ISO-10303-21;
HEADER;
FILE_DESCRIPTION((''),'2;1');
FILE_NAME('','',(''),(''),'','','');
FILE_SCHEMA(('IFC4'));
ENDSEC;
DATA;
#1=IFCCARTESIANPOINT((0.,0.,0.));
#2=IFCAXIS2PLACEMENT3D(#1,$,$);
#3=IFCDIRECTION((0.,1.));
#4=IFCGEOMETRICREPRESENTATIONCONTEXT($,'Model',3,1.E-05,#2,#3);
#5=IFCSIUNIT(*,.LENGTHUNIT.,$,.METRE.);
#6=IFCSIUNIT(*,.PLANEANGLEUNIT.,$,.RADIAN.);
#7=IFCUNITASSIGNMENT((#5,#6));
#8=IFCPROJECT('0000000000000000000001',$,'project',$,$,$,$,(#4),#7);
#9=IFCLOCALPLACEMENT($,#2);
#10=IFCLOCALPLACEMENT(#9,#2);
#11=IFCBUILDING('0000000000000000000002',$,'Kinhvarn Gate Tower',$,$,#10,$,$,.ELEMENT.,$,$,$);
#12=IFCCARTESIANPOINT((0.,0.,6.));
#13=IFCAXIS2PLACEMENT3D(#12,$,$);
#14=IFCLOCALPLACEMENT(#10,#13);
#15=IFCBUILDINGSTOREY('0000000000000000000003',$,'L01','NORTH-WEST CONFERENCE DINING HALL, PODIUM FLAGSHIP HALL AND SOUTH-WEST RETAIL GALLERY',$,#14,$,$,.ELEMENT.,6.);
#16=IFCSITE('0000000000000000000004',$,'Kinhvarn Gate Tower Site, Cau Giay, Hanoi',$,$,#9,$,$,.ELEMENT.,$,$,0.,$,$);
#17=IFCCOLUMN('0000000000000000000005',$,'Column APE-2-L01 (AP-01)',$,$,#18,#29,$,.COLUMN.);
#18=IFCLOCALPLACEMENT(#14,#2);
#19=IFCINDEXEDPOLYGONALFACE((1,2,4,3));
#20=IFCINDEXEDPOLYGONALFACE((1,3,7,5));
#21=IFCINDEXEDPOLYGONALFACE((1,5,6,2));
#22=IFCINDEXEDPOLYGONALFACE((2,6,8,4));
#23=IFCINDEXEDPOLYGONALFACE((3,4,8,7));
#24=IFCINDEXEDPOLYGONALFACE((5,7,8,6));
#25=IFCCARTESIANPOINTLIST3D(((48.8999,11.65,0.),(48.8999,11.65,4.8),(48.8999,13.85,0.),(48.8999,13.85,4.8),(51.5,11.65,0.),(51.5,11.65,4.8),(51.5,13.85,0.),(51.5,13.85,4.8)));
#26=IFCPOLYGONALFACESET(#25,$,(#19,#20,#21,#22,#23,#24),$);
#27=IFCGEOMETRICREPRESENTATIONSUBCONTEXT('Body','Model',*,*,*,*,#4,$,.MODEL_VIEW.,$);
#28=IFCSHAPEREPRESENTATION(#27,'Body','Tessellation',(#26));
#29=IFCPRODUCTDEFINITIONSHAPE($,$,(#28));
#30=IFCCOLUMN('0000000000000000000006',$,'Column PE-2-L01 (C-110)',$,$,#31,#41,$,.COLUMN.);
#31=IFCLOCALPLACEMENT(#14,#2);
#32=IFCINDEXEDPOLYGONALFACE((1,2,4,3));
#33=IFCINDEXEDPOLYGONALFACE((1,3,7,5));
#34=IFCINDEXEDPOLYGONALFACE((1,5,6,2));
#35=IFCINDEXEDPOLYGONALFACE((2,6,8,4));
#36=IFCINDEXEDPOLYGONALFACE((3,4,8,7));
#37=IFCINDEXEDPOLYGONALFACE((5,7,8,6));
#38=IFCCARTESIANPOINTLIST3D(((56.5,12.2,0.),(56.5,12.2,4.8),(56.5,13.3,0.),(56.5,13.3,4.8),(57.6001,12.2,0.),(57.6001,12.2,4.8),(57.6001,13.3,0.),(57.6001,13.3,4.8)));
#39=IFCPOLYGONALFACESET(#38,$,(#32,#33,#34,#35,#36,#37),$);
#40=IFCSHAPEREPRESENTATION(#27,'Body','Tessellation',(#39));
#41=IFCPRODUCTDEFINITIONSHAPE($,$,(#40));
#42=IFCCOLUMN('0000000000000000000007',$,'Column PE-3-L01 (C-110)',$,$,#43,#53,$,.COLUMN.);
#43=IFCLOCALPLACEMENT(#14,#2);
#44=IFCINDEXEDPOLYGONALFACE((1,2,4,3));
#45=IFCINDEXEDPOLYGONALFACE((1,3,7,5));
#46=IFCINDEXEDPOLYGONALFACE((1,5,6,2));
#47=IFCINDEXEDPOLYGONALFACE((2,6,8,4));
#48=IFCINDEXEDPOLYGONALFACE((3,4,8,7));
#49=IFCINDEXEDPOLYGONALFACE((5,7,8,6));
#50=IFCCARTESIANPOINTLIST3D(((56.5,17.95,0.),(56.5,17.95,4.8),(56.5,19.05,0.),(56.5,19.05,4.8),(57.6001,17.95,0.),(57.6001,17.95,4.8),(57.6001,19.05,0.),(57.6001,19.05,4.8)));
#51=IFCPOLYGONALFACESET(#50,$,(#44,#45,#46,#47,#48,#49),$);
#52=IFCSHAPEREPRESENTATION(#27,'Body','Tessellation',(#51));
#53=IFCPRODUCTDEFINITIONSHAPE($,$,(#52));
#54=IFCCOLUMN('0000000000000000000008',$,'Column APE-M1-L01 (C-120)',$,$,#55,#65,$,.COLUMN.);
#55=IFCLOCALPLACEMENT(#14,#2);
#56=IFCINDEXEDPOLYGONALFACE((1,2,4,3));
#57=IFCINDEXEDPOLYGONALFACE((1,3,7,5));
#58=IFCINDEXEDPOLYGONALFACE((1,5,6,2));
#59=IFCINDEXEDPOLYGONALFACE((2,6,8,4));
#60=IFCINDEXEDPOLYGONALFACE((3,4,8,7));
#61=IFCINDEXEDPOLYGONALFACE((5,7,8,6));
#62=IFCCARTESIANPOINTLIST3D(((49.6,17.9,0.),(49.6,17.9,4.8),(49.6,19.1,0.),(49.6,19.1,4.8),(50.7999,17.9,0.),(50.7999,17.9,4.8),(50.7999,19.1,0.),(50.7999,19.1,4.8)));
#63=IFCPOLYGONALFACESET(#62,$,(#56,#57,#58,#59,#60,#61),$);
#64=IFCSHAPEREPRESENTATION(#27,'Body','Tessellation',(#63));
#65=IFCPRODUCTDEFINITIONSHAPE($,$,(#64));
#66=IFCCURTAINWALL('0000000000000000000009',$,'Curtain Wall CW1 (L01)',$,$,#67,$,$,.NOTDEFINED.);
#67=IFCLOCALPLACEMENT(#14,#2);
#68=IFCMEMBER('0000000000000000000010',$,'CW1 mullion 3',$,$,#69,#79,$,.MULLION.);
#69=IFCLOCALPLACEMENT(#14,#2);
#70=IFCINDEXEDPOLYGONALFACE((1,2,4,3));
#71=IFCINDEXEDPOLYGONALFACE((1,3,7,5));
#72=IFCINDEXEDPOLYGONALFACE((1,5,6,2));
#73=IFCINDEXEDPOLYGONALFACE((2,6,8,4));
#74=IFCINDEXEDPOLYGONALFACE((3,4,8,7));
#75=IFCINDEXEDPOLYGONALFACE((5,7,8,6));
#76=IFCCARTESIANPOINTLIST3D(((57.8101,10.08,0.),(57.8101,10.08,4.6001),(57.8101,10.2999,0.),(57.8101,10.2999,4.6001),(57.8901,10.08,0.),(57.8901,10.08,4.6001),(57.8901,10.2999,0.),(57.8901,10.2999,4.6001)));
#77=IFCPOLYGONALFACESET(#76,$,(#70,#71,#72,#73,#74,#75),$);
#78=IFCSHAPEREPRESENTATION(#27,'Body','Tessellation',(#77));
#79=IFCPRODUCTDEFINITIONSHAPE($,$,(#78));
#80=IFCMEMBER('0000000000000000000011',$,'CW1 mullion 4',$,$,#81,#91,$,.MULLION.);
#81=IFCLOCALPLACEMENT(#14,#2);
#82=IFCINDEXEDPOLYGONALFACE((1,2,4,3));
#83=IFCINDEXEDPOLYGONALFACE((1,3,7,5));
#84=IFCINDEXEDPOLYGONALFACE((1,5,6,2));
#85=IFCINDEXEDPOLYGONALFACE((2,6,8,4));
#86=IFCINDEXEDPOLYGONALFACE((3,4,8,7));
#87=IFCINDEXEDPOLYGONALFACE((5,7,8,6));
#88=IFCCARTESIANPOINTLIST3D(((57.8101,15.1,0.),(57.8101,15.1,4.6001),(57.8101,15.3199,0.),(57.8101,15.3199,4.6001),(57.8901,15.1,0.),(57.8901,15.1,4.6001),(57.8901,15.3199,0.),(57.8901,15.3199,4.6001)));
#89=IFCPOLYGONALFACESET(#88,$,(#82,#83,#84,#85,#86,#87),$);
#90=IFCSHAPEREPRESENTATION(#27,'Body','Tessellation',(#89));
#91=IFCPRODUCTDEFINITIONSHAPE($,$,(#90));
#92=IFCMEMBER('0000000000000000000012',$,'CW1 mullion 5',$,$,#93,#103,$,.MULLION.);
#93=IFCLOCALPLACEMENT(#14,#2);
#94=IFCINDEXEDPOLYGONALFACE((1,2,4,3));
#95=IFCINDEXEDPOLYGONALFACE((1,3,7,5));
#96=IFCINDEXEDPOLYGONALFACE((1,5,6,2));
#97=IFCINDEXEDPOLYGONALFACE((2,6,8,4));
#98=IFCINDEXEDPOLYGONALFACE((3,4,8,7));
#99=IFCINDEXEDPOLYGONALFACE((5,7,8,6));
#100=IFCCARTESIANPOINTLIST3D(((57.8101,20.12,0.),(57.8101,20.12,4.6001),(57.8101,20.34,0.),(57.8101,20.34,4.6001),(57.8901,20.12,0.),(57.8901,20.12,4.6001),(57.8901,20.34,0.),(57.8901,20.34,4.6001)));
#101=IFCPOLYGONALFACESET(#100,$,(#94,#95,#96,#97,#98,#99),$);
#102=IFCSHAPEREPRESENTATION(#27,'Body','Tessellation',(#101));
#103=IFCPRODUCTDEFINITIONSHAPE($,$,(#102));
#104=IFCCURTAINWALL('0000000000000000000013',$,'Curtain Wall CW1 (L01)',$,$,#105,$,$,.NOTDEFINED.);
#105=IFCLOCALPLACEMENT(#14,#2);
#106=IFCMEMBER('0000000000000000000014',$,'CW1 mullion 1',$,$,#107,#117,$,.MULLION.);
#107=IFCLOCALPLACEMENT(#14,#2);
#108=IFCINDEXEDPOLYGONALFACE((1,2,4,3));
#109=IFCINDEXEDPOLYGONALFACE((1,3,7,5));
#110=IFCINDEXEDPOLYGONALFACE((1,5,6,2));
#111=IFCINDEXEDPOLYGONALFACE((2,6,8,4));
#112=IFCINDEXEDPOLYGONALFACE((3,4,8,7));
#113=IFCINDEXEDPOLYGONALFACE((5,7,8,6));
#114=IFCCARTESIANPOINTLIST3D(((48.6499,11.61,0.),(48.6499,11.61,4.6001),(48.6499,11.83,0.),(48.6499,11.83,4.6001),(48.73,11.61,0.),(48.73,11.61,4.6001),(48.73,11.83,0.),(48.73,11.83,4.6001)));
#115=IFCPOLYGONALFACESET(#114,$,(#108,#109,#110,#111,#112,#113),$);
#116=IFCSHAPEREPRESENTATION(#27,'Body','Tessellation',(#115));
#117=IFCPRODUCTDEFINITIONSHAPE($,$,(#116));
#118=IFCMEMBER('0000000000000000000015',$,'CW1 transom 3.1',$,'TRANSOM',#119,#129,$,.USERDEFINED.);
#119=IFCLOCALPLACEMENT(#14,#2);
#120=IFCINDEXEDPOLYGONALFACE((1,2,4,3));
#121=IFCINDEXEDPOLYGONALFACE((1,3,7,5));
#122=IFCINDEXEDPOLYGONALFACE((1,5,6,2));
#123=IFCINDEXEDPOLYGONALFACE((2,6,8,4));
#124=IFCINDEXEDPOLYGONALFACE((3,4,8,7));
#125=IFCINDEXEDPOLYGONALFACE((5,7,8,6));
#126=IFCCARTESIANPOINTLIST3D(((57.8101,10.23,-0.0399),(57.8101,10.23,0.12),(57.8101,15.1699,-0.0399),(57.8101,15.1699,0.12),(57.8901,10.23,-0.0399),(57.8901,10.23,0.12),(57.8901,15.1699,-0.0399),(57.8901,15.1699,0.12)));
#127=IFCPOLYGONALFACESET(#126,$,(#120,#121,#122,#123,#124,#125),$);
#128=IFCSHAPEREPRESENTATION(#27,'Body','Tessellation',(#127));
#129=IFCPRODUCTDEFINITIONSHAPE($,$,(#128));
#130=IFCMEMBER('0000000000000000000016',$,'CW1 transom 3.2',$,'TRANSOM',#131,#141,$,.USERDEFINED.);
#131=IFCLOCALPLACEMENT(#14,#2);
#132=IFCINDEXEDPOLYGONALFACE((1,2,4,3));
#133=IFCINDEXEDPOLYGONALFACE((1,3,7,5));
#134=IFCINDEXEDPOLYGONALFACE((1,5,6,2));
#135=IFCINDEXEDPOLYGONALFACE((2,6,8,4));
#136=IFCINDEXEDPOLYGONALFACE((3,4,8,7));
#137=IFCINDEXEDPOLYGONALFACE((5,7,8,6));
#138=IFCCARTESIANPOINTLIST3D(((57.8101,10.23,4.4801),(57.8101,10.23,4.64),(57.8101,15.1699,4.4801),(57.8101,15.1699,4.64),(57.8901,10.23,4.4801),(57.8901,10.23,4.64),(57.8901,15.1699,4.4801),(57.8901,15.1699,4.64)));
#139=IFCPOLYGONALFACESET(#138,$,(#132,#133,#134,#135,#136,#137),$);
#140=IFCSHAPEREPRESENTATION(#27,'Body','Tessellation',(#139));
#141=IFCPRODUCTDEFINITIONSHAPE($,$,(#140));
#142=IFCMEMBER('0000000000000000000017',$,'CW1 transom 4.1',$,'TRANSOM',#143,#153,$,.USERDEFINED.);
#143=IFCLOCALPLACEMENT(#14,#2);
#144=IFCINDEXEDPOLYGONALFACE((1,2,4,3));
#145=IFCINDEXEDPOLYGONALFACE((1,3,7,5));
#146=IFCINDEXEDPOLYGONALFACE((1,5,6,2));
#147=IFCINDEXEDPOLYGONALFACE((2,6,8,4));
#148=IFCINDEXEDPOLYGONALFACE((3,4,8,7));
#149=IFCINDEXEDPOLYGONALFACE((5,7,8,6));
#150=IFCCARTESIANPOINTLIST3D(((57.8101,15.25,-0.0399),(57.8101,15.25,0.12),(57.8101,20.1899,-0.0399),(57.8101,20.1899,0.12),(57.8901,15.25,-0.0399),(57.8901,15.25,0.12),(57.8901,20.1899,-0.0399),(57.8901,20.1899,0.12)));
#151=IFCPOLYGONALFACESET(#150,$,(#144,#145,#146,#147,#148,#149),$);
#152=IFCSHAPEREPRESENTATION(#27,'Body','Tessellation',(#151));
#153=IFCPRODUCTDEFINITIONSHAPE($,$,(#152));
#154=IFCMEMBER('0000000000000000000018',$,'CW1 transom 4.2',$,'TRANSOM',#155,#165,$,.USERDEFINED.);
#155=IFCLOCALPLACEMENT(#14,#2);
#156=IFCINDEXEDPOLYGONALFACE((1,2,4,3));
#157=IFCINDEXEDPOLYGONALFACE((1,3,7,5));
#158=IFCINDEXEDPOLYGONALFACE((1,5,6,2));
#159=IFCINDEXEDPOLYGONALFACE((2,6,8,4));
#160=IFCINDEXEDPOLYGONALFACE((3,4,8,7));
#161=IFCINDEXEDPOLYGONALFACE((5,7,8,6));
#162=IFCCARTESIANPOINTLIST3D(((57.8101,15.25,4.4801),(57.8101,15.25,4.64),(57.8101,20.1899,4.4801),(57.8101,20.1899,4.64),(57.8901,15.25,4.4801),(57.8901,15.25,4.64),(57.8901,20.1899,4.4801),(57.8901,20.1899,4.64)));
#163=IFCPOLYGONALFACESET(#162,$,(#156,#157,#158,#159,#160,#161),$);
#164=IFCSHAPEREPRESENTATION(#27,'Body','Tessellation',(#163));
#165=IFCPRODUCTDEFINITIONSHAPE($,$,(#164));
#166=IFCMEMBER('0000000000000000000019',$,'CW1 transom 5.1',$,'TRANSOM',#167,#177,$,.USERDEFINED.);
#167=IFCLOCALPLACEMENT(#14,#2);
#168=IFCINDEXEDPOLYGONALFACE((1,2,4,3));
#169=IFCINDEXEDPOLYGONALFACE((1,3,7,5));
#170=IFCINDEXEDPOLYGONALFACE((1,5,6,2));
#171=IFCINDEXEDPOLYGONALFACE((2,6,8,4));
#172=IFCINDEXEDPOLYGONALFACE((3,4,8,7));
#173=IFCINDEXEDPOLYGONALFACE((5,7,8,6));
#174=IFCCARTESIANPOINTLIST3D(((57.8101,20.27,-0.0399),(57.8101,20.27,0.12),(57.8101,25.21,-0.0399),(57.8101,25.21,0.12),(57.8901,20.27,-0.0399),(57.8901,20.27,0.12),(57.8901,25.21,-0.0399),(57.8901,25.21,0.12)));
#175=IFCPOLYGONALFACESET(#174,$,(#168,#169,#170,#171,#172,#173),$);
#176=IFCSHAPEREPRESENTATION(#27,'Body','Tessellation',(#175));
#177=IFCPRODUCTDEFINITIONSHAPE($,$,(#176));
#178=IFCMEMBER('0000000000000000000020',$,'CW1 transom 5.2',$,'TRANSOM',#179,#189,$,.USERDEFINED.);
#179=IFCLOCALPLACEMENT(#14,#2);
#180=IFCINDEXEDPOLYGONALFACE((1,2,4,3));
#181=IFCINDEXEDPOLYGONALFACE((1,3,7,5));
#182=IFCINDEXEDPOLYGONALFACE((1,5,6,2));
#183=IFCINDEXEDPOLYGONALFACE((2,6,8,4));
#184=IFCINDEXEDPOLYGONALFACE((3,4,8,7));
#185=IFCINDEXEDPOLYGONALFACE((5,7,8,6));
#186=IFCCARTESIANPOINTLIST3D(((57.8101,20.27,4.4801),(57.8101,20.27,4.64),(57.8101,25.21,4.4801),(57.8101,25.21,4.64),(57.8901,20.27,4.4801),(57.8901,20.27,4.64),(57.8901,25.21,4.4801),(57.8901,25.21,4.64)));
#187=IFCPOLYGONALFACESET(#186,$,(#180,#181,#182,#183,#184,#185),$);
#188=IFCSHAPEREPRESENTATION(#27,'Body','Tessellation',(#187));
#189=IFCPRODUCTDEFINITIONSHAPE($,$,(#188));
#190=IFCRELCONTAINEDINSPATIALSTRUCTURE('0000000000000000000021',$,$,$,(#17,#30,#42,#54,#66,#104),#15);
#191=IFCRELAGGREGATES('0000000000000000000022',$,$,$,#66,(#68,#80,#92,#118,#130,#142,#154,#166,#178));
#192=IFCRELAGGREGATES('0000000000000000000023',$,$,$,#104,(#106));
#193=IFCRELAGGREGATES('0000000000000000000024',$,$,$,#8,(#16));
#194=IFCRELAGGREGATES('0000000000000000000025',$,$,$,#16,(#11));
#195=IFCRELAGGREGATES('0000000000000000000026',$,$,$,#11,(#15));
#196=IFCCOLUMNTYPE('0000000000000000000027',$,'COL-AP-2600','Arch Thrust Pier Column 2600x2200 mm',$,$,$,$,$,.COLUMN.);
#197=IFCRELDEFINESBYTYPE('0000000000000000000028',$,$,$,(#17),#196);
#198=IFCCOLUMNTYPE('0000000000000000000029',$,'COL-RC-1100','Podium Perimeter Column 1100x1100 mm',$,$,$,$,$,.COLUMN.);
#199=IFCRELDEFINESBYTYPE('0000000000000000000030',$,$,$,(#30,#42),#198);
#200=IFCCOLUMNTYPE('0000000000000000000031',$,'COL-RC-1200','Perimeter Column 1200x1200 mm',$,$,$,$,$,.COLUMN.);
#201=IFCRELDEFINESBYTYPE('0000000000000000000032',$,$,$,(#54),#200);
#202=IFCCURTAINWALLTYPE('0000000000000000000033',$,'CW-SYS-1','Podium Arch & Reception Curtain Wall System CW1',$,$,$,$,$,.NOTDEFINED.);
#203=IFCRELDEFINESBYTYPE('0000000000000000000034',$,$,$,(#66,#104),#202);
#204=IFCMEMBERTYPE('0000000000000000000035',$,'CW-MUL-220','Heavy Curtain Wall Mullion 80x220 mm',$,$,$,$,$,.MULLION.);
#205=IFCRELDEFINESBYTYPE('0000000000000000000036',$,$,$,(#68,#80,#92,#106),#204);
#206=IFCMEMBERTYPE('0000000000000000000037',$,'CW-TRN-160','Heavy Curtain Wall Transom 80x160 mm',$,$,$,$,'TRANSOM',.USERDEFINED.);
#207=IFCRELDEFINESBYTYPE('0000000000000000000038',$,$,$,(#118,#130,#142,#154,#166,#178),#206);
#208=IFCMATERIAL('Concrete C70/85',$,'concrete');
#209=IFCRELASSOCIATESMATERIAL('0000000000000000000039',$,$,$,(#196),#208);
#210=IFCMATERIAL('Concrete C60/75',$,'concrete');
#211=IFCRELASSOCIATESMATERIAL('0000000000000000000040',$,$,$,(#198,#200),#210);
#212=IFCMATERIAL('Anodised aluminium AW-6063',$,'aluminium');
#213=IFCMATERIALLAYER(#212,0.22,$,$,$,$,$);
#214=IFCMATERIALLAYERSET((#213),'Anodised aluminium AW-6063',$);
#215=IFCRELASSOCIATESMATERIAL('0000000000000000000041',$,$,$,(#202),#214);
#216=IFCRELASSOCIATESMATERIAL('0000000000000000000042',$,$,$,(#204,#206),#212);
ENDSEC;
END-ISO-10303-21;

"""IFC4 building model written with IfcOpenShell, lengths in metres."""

from ifc_helpers import new_model, si_unit, direction, frame, origin, origin_2d, place, context, subcontext, project, spatial, rectangle, extrude, material, layer, layer_set, material_profile, profile_set, type_object, element, aggregate, save


model = new_model("IFC4")

# Units and contexts
model_context = context("Model", 3, precision=1e-05, world=origin(), true_north=direction((0.0, 1.0)))
body_context = subcontext(model_context, "Body", "Model", "MODEL_VIEW")
ifc_project = project(units=[si_unit("LENGTHUNIT", "METRE"), si_unit("PLANEANGLEUNIT", "RADIAN")], contexts=[model_context])

# Site, building, storey
site_placement = place(None, origin())
site = spatial("IfcSite", under=ifc_project, at=site_placement, Name="Kinhvarn Gate Tower Site, Cau Giay, Hanoi", CompositionType="ELEMENT", RefElevation=0.0)
building_placement = place(site_placement, origin())
building = spatial("IfcBuilding", under=site, at=building_placement, Name="Kinhvarn Gate Tower", CompositionType="ELEMENT")
storey_placement = place(building_placement, frame((0.0, 0.0, 6.0)))
storey = spatial("IfcBuildingStorey", under=building, at=storey_placement, Name="L01", Description="NORTH-WEST CONFERENCE DINING HALL, PODIUM FLAGSHIP HALL AND SOUTH-WEST RETAIL GALLERY", CompositionType="ELEMENT", Elevation=6.0)

# Columns
ifc_material_1 = material(Name="Concrete C70/85", Category="concrete")
ifc_material_profile_1 = material_profile(ifc_material_1, rectangle(XDim=2.6001, YDim=2.2, at=origin_2d()), Name="RC 2600x2200")
ifc_profile_set_1 = profile_set([ifc_material_profile_1], Name="Concrete C70/85")
column_type_1 = type_object("IfcColumnType", Name="COL-AP-2600", Description="Arch Thrust Pier Column 2600x2200 mm", PredefinedType="COLUMN", material=ifc_profile_set_1)
column_1_placement = place(storey_placement, frame((50.2, 12.75, 0.0), z_axis=(0.0, 0.0, 1.0), x_axis=(1.0, 0.0, 0.0)))
element("IfcColumn", 1, at=column_1_placement, inside=storey, type_object=column_type_1, Name="Column APE-2-L01 (AP-01)", PredefinedType="COLUMN", context=body_context, shape_type="SweptSolid", body=[
    extrude(rectangle(XDim=2.6001, YDim=2.2, at=origin_2d()), origin(), (0.0, 0.0, 1.0), 4.8),
])
ifc_material_2 = material(Name="Concrete C60/75", Category="concrete")
ifc_material_profile_2 = material_profile(ifc_material_2, rectangle(XDim=1.1001, YDim=1.1001, at=origin_2d()), Name="RC 1100x1100")
ifc_profile_set_2 = profile_set([ifc_material_profile_2], Name="Concrete C60/75")
column_type_2 = type_object("IfcColumnType", Name="COL-RC-1100", Description="Podium Perimeter Column 1100x1100 mm", PredefinedType="COLUMN", material=ifc_profile_set_2)
for number, where, z_axis, x_axis, name in (
    (2, (57.05, 12.75, 0.0), (0.0, 0.0, 1.0), (1.0, 0.0, 0.0), "Column PE-2-L01 (C-110)"),
    (3, (57.05, 18.5, 0.0), (0.0, 0.0, 1.0), (1.0, 0.0, 0.0), "Column PE-3-L01 (C-110)"),
):
    element("IfcColumn", number, at=place(storey_placement, frame(where, z_axis=z_axis, x_axis=x_axis)), inside=storey, type_object=column_type_2, Name=name, PredefinedType="COLUMN", context=body_context, shape_type="SweptSolid", body=[
        extrude(rectangle(XDim=1.1001, YDim=1.1001, at=origin_2d()), origin(), (0.0, 0.0, 1.0), 4.8),
    ])
ifc_material_profile_3 = material_profile(ifc_material_2, rectangle(XDim=1.2, YDim=1.2, at=origin_2d()), Name="RC 1200x1200")
ifc_profile_set_3 = profile_set([ifc_material_profile_3], Name="Concrete C60/75")
column_type_3 = type_object("IfcColumnType", Name="COL-RC-1200", Description="Perimeter Column 1200x1200 mm", PredefinedType="COLUMN", material=ifc_profile_set_3)
column_2_placement = place(storey_placement, frame((50.2, 18.5, 0.0), z_axis=(0.0, 0.0, 1.0), x_axis=(1.0, 0.0, 0.0)))
element("IfcColumn", 4, at=column_2_placement, inside=storey, type_object=column_type_3, Name="Column APE-M1-L01 (C-120)", PredefinedType="COLUMN", context=body_context, shape_type="SweptSolid", body=[
    extrude(rectangle(XDim=1.2, YDim=1.2, at=origin_2d()), origin(), (0.0, 0.0, 1.0), 4.8),
])

# Curtain wall, members
ifc_material_3 = material(Name="Anodised aluminium AW-6063", Category="aluminium")
ifc_layer_1 = layer(ifc_material_3, 0.22)
ifc_layer_set_1 = layer_set([ifc_layer_1], Name="Anodised aluminium AW-6063")
curtain_wall_type = type_object("IfcCurtainWallType", Name="CW-SYS-1", Description="Podium Arch & Reception Curtain Wall System CW1", PredefinedType="NOTDEFINED", material=ifc_layer_set_1)
curtain_wall_1_placement = place(storey_placement, origin())
curtain_wall_1 = element("IfcCurtainWall", 5, at=curtain_wall_1_placement, inside=storey, type_object=curtain_wall_type, Name="Curtain Wall CW1 (L01)", PredefinedType="NOTDEFINED")
ifc_material_profile_4 = material_profile(ifc_material_3, rectangle(XDim=0.0801, YDim=0.22, at=origin_2d()), Name="ALU 80x220")
ifc_profile_set_4 = profile_set([ifc_material_profile_4], Name="Anodised aluminium AW-6063")
member_type_1 = type_object("IfcMemberType", Name="CW-MUL-220", Description="Heavy Curtain Wall Mullion 80x220 mm", PredefinedType="MULLION", material=ifc_profile_set_4)
member_1_placement = place(storey_placement, frame((57.8501, 10.1899, 0.0), z_axis=(0.0, 0.0, 1.0), x_axis=(-1.0, 0.0, 0.0)))
member_1 = element("IfcMember", 6, at=member_1_placement, type_object=member_type_1, Name="CW1 mullion 3", PredefinedType="MULLION", context=body_context, shape_type="SweptSolid", body=[
    extrude(rectangle(XDim=0.0801, YDim=0.22, at=origin_2d()), origin(), (0.0, 0.0, 1.0), 4.6001),
])
member_2_placement = place(storey_placement, frame((57.8501, 15.21, 0.0), z_axis=(0.0, 0.0, 1.0), x_axis=(-1.0, 0.0, 0.0)))
member_2 = element("IfcMember", 7, at=member_2_placement, type_object=member_type_1, Name="CW1 mullion 4", PredefinedType="MULLION", context=body_context, shape_type="SweptSolid", body=[
    extrude(rectangle(XDim=0.0801, YDim=0.22, at=origin_2d()), origin(), (0.0, 0.0, 1.0), 4.6001),
])
member_3_placement = place(storey_placement, frame((57.8501, 20.23, 0.0), z_axis=(0.0, 0.0, 1.0), x_axis=(-1.0, 0.0, 0.0)))
member_3 = element("IfcMember", 8, at=member_3_placement, type_object=member_type_1, Name="CW1 mullion 5", PredefinedType="MULLION", context=body_context, shape_type="SweptSolid", body=[
    extrude(rectangle(XDim=0.0801, YDim=0.22, at=origin_2d()), origin(), (0.0, 0.0, 1.0), 4.6001),
])

# Curtain wall, member
curtain_wall_2_placement = place(storey_placement, origin())
curtain_wall_2 = element("IfcCurtainWall", 9, at=curtain_wall_2_placement, inside=storey, type_object=curtain_wall_type, Name="Curtain Wall CW1 (L01)", PredefinedType="NOTDEFINED")
member_4_placement = place(storey_placement, frame((48.6899, 11.72, 0.0), z_axis=(0.0, 0.0, 1.0), x_axis=(1.0, 0.0, 0.0)))
member_4 = element("IfcMember", 10, at=member_4_placement, type_object=member_type_1, Name="CW1 mullion 1", PredefinedType="MULLION", context=body_context, shape_type="SweptSolid", body=[
    extrude(rectangle(XDim=0.0801, YDim=0.22, at=origin_2d()), origin(), (0.0, 0.0, 1.0), 4.6001),
])

# Members
ifc_material_profile_5 = material_profile(ifc_material_3, rectangle(XDim=0.0801, YDim=0.1599, at=origin_2d()), Name="ALU 80x160")
ifc_profile_set_5 = profile_set([ifc_material_profile_5], Name="Anodised aluminium AW-6063")
member_type_2 = type_object("IfcMemberType", Name="CW-TRN-160", Description="Heavy Curtain Wall Transom 80x160 mm", ElementType="TRANSOM", PredefinedType="USERDEFINED", material=ifc_profile_set_5)
member_5_placement = place(storey_placement, frame((57.8501, 10.23, 0.04), z_axis=(0.0, 1.0, 0.0), x_axis=(-1.0, 0.0, 0.0)))
member_5 = element("IfcMember", 11, at=member_5_placement, type_object=member_type_2, Name="CW1 transom 3.1", ObjectType="TRANSOM", PredefinedType="USERDEFINED", context=body_context, shape_type="SweptSolid", body=[
    extrude(rectangle(XDim=0.0801, YDim=0.1599, at=origin_2d()), origin(), (0.0, 0.0, 1.0), 4.9399),
])
member_6_placement = place(storey_placement, frame((57.8501, 10.23, 4.5601), z_axis=(0.0, 1.0, 0.0), x_axis=(-1.0, 0.0, 0.0)))
member_6 = element("IfcMember", 12, at=member_6_placement, type_object=member_type_2, Name="CW1 transom 3.2", ObjectType="TRANSOM", PredefinedType="USERDEFINED", context=body_context, shape_type="SweptSolid", body=[
    extrude(rectangle(XDim=0.0801, YDim=0.1599, at=origin_2d()), origin(), (0.0, 0.0, 1.0), 4.9399),
])
member_7_placement = place(storey_placement, frame((57.8501, 15.25, 0.04), z_axis=(0.0, 1.0, 0.0), x_axis=(-1.0, 0.0, 0.0)))
member_7 = element("IfcMember", 13, at=member_7_placement, type_object=member_type_2, Name="CW1 transom 4.1", ObjectType="TRANSOM", PredefinedType="USERDEFINED", context=body_context, shape_type="SweptSolid", body=[
    extrude(rectangle(XDim=0.0801, YDim=0.1599, at=origin_2d()), origin(), (0.0, 0.0, 1.0), 4.9399),
])
member_8_placement = place(storey_placement, frame((57.8501, 15.25, 4.5601), z_axis=(0.0, 1.0, 0.0), x_axis=(-1.0, 0.0, 0.0)))
member_8 = element("IfcMember", 14, at=member_8_placement, type_object=member_type_2, Name="CW1 transom 4.2", ObjectType="TRANSOM", PredefinedType="USERDEFINED", context=body_context, shape_type="SweptSolid", body=[
    extrude(rectangle(XDim=0.0801, YDim=0.1599, at=origin_2d()), origin(), (0.0, 0.0, 1.0), 4.9399),
])
member_9_placement = place(storey_placement, frame((57.8501, 20.27, 0.04), z_axis=(0.0, 1.0, 0.0), x_axis=(-1.0, 0.0, 0.0)))
member_9 = element("IfcMember", 15, at=member_9_placement, type_object=member_type_2, Name="CW1 transom 5.1", ObjectType="TRANSOM", PredefinedType="USERDEFINED", context=body_context, shape_type="SweptSolid", body=[
    extrude(rectangle(XDim=0.0801, YDim=0.1599, at=origin_2d()), origin(), (0.0, 0.0, 1.0), 4.9399),
])
member_10_placement = place(storey_placement, frame((57.8501, 20.27, 4.5601), z_axis=(0.0, 1.0, 0.0), x_axis=(-1.0, 0.0, 0.0)))
member_10 = element("IfcMember", 16, at=member_10_placement, type_object=member_type_2, Name="CW1 transom 5.2", ObjectType="TRANSOM", PredefinedType="USERDEFINED", context=body_context, shape_type="SweptSolid", body=[
    extrude(rectangle(XDim=0.0801, YDim=0.1599, at=origin_2d()), origin(), (0.0, 0.0, 1.0), 4.9399),
])

aggregate(curtain_wall_1, [member_1, member_2, member_3, member_5, member_6, member_7, member_8, member_9, member_10])
aggregate(curtain_wall_2, [member_4])

save(model, "model.ifc")
